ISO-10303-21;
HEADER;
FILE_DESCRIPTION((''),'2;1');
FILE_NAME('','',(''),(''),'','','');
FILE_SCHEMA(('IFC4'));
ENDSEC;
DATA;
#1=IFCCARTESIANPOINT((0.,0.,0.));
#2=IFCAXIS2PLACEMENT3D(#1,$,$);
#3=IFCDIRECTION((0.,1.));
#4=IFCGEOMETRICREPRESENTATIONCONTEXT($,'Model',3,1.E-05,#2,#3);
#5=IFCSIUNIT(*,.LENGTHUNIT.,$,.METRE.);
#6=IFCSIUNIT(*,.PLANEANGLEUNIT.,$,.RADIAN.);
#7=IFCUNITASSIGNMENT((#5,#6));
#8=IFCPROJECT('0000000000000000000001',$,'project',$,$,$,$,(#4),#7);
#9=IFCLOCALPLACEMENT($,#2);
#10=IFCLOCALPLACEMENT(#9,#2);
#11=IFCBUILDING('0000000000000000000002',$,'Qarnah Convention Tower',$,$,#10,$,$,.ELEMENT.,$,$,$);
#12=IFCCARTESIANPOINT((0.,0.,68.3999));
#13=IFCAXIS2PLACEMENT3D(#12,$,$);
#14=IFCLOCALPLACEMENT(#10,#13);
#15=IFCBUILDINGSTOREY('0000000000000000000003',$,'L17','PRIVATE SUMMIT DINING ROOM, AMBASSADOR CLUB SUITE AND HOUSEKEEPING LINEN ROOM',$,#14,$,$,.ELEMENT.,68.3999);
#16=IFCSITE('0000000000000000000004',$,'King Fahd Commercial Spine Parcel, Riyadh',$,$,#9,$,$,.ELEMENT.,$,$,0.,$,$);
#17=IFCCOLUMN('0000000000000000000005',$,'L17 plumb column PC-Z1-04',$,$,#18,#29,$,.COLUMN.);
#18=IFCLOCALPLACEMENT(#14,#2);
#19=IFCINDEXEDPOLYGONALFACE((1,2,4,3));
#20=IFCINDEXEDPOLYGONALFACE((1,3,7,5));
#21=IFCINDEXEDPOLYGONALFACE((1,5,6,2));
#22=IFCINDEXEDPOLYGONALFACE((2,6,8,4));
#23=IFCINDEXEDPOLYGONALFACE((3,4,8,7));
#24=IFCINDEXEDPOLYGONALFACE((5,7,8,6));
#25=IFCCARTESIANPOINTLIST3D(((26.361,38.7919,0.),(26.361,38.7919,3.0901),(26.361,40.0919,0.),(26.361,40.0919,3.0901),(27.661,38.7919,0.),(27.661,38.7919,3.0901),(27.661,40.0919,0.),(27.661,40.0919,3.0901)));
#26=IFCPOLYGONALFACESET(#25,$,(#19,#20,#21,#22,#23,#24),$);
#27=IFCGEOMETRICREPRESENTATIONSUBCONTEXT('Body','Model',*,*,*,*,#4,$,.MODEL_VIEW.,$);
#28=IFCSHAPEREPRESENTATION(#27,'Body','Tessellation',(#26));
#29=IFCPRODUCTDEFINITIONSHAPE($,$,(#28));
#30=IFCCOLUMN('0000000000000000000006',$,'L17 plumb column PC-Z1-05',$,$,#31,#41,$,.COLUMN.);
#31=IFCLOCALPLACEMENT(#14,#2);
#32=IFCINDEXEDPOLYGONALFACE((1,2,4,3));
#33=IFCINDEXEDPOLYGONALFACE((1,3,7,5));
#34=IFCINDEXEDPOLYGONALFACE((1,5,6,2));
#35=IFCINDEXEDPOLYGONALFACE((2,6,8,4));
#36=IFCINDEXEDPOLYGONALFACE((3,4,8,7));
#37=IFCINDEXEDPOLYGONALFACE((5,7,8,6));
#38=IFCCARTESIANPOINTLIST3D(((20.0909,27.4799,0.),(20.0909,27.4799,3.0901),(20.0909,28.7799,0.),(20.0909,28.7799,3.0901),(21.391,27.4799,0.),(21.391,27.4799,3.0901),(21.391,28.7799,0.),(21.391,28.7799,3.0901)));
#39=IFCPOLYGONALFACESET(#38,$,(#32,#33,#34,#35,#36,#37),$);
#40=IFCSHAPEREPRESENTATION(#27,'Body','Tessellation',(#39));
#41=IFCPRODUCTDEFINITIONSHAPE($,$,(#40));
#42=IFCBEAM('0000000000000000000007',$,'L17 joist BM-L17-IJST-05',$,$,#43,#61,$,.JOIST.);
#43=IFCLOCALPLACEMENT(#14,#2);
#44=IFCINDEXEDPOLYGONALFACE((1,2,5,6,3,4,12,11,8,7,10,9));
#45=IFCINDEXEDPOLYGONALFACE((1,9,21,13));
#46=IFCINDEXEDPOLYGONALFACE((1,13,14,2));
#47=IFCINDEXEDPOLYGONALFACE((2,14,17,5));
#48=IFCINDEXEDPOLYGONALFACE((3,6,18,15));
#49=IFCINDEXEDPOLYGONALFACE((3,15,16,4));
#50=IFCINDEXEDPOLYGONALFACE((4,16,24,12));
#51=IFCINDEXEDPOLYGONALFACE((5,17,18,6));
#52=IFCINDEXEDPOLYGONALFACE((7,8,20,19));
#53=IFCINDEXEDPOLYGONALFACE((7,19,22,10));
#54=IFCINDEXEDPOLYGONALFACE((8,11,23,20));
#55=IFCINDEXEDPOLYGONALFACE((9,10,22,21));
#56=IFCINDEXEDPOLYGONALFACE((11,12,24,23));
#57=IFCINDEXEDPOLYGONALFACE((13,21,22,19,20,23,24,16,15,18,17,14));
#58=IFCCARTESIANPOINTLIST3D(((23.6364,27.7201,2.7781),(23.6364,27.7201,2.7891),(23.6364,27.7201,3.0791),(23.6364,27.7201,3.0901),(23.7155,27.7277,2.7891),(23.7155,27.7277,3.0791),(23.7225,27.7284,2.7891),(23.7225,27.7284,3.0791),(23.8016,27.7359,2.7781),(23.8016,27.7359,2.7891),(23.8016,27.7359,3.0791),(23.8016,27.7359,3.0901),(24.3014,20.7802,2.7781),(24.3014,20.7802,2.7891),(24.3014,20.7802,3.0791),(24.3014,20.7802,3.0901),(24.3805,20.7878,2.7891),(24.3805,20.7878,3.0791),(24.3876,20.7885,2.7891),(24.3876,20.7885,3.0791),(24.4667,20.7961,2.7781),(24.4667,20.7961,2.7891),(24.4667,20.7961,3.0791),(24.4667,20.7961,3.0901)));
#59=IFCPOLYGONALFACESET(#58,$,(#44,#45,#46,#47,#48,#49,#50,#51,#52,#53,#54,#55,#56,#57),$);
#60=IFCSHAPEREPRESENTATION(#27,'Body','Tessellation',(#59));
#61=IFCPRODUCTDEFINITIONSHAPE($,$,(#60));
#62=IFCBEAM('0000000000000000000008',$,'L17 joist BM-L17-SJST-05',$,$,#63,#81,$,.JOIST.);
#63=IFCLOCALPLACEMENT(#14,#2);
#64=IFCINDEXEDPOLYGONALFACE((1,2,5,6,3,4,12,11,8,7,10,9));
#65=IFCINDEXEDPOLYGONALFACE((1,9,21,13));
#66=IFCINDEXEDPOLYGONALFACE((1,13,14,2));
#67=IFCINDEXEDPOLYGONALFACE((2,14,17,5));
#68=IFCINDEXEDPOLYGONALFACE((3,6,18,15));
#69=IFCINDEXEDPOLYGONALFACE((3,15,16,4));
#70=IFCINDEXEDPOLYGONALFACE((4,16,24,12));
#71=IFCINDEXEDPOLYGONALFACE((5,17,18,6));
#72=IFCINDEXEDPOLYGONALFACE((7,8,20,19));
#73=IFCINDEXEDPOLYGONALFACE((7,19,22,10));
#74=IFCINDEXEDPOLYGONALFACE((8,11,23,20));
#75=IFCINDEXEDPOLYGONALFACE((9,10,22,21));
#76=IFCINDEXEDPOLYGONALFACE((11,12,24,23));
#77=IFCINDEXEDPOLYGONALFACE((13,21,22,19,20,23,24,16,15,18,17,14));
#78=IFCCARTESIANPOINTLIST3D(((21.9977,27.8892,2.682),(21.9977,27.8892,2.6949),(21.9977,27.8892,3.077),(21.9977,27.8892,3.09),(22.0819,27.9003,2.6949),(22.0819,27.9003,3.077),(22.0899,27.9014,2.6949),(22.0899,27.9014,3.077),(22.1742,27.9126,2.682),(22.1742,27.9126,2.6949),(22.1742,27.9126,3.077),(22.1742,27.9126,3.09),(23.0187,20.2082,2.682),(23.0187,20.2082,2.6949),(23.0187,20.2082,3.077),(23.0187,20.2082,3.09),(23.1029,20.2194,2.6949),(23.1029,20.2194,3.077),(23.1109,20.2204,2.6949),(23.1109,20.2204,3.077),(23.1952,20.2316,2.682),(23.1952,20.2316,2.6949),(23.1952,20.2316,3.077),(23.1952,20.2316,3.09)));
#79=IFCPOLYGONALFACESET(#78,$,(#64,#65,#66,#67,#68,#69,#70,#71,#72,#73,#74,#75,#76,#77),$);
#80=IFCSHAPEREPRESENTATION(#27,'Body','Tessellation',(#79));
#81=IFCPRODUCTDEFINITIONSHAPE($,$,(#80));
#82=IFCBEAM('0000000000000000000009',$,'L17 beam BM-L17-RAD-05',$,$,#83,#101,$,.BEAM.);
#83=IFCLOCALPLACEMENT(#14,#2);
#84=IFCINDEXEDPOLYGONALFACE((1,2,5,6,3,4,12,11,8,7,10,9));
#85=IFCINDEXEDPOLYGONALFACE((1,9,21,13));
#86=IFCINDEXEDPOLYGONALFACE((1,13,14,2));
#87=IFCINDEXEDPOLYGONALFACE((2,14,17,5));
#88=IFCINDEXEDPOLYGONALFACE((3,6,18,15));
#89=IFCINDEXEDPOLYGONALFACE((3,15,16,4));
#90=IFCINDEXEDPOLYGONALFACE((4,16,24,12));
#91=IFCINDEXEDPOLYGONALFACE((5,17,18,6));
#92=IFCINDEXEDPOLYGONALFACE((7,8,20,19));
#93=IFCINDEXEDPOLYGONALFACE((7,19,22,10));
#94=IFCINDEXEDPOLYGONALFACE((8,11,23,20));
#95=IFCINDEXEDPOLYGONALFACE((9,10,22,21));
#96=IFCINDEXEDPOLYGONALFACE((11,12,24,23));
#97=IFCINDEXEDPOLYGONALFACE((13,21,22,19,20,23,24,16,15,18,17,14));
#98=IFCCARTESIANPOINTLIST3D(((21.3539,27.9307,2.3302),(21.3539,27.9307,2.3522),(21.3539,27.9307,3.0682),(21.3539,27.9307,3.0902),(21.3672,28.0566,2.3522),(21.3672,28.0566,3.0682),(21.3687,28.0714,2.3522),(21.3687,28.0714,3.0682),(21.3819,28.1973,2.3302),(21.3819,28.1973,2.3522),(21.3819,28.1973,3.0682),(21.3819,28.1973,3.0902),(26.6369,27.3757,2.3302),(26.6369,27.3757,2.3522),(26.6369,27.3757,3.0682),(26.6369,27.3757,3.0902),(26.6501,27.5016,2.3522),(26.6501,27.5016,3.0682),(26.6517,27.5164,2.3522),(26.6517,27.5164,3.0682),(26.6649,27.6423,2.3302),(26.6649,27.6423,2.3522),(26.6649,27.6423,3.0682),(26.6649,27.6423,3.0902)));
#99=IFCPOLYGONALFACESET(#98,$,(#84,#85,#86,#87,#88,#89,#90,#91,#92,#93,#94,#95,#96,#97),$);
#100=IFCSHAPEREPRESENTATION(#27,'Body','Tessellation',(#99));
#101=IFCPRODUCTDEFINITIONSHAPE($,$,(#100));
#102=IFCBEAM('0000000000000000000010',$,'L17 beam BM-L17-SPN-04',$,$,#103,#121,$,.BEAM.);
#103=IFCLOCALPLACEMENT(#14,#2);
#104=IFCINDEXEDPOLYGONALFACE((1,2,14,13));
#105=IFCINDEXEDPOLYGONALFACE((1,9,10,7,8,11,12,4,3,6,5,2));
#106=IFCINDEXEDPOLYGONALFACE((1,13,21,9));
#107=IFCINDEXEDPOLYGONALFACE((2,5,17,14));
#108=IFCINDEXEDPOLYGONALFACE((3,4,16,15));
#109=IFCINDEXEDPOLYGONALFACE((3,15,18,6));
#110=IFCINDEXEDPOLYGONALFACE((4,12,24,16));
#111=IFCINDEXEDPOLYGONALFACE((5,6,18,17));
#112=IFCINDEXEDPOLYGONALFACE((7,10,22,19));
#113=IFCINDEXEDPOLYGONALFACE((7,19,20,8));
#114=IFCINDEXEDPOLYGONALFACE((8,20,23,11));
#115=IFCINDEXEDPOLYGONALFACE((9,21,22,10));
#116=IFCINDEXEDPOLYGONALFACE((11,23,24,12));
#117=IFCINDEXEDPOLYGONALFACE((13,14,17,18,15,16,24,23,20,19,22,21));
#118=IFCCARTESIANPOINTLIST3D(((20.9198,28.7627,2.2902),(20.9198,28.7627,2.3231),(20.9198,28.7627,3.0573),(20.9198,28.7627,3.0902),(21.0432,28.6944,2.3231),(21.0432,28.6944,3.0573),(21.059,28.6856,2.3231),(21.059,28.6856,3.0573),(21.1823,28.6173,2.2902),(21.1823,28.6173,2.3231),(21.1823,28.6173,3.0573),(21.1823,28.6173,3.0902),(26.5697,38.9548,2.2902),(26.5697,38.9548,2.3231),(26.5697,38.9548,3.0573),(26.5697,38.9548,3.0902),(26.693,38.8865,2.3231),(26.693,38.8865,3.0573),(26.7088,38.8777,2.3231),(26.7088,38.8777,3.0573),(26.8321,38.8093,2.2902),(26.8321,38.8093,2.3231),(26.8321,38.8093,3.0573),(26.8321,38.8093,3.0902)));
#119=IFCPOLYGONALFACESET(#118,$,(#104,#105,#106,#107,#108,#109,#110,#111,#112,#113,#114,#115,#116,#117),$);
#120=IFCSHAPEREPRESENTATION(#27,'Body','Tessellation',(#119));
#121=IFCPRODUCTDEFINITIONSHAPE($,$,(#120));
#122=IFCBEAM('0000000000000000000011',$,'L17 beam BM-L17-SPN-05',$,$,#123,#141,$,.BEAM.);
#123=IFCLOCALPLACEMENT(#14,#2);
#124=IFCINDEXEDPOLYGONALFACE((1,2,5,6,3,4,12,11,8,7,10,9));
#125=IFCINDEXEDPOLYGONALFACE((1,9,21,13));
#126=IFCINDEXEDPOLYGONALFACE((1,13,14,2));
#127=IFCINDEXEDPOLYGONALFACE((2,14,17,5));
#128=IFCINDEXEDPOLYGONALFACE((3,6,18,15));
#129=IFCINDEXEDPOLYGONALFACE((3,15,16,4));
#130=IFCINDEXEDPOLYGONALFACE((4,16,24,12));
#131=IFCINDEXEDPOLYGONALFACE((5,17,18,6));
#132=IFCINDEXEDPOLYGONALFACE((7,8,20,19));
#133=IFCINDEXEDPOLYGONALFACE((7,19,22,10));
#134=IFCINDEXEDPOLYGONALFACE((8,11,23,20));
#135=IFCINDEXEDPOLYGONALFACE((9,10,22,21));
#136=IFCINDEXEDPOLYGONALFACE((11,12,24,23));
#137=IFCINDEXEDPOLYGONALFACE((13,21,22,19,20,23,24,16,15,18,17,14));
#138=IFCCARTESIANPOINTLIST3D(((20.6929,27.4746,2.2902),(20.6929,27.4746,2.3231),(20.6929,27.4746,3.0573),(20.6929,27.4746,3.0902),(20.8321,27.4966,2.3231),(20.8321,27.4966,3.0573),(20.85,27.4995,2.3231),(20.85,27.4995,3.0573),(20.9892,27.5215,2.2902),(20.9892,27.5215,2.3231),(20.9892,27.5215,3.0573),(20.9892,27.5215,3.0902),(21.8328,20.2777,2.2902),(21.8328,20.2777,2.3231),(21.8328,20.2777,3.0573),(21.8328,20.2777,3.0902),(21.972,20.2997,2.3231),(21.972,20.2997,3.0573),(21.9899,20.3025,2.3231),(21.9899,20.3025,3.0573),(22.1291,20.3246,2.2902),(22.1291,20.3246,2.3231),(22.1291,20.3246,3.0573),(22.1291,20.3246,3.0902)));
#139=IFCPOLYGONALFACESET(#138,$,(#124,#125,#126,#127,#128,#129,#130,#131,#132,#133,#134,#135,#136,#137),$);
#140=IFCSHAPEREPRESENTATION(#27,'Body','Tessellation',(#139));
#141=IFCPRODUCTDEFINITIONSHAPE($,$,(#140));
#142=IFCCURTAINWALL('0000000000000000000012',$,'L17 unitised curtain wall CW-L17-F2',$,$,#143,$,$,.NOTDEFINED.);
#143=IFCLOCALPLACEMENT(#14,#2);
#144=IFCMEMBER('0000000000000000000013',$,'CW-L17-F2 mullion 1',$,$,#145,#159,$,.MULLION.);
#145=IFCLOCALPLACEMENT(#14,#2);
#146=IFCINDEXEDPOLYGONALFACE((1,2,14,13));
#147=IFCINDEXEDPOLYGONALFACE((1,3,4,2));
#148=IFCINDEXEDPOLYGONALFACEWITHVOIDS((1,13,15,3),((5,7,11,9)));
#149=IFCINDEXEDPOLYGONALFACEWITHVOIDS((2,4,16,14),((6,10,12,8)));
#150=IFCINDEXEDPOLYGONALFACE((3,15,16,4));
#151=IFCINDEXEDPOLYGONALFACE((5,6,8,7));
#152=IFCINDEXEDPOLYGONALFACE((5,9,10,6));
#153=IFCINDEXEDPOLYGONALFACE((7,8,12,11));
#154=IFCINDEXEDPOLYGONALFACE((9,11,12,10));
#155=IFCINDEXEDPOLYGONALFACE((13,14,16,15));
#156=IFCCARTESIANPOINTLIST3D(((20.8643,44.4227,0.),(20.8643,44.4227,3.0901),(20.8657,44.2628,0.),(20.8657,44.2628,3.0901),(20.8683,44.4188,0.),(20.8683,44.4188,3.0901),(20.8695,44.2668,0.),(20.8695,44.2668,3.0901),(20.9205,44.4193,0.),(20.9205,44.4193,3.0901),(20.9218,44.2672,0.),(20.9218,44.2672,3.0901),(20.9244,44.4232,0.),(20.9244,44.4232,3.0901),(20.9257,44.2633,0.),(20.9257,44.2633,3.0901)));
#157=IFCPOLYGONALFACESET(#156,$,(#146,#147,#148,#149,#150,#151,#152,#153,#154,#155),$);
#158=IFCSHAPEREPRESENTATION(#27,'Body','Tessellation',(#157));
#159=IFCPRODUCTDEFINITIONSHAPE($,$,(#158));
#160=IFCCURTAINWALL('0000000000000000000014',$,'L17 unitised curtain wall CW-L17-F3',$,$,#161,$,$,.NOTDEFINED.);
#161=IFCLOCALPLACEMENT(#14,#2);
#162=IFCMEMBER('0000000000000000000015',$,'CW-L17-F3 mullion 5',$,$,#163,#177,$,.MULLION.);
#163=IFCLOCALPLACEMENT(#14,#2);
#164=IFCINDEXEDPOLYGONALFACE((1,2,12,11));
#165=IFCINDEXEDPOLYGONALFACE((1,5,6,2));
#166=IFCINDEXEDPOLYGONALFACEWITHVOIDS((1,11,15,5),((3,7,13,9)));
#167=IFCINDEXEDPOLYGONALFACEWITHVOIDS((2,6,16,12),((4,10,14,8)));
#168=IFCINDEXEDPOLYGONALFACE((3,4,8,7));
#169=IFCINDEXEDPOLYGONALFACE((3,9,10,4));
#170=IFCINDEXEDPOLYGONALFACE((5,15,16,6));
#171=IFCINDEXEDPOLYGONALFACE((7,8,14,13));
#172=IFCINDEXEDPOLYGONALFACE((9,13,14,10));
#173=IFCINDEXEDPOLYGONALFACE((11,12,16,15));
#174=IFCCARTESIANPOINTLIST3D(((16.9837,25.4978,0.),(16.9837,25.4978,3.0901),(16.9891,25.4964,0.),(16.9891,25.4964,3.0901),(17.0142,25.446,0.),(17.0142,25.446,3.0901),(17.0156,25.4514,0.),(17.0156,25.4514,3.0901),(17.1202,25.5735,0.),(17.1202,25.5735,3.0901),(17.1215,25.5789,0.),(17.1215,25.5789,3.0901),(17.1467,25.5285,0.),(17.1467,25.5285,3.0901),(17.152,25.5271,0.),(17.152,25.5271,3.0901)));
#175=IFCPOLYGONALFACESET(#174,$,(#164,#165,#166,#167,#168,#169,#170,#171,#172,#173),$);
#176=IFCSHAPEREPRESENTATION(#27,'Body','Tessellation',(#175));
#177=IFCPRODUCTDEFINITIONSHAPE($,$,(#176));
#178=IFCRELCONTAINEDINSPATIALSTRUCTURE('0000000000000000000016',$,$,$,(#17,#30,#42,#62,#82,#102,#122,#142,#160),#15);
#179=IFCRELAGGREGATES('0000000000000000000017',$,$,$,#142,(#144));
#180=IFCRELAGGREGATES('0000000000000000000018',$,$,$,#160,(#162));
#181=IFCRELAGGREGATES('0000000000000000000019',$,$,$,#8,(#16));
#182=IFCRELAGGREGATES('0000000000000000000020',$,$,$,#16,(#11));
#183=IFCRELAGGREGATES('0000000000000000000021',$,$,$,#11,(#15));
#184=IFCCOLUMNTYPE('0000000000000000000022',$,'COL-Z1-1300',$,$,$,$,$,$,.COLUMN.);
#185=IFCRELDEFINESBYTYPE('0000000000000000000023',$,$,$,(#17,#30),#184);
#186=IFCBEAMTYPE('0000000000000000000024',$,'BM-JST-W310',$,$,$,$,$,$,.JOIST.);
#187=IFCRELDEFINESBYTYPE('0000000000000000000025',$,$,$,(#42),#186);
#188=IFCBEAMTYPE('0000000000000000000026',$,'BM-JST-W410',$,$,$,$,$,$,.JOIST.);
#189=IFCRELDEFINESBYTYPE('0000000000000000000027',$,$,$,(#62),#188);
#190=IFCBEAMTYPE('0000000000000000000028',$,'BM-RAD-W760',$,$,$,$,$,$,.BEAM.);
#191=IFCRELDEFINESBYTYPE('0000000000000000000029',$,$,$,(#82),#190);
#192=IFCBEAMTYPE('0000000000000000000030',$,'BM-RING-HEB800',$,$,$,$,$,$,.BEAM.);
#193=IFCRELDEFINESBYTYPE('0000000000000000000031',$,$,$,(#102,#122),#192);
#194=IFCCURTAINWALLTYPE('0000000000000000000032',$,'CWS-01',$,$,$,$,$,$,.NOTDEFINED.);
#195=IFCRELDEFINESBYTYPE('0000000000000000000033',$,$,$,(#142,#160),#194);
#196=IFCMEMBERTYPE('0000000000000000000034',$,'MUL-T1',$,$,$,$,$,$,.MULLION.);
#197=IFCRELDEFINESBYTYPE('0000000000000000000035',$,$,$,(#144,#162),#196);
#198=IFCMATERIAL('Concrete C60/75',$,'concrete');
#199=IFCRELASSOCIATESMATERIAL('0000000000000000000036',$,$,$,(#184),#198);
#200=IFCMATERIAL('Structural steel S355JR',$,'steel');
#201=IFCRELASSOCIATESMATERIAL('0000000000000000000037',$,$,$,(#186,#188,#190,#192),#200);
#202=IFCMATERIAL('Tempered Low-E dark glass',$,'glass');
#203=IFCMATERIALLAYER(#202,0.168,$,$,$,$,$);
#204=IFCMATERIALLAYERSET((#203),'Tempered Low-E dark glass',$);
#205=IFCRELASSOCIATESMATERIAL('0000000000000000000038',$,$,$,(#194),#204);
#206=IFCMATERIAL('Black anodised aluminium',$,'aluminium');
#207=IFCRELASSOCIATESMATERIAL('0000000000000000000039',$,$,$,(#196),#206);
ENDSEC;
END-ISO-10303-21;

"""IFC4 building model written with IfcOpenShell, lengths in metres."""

from ifc_helpers import new_model, si_unit, direction, frame, origin, origin_2d, place, context, subcontext, project, spatial, rectangle, hollow_rectangle, i_section, extrude, material, layer, layer_set, material_profile, profile_set, type_object, element, aggregate, save


model = new_model("IFC4")

# Units and contexts
model_context = context("Model", 3, precision=1e-05, world=origin(), true_north=direction((0.0, 1.0)))
body_context = subcontext(model_context, "Body", "Model", "MODEL_VIEW")
ifc_project = project(units=[si_unit("LENGTHUNIT", "METRE"), si_unit("PLANEANGLEUNIT", "RADIAN")], contexts=[model_context])

# Site, building, storey
site_placement = place(None, origin())
site = spatial("IfcSite", under=ifc_project, at=site_placement, Name="King Fahd Commercial Spine Parcel, Riyadh", CompositionType="ELEMENT", RefElevation=0.0)
building_placement = place(site_placement, origin())
building = spatial("IfcBuilding", under=site, at=building_placement, Name="Qarnah Convention Tower", CompositionType="ELEMENT")
storey_placement = place(building_placement, frame((0.0, 0.0, 68.3999)))
storey = spatial("IfcBuildingStorey", under=building, at=storey_placement, Name="L17", Description="PRIVATE SUMMIT DINING ROOM, AMBASSADOR CLUB SUITE AND HOUSEKEEPING LINEN ROOM", CompositionType="ELEMENT", Elevation=68.3999)

# Columns
ifc_material_1 = material(Name="Concrete C60/75", Category="concrete")
ifc_material_profile_1 = material_profile(ifc_material_1, rectangle(XDim=1.3, YDim=1.3, at=origin_2d()), Name="RC-COL-1300X1300")
ifc_profile_set_1 = profile_set([ifc_material_profile_1], Name="Concrete C60/75")
column_type = type_object("IfcColumnType", Name="COL-Z1-1300", PredefinedType="COLUMN", material=ifc_profile_set_1)
for number, where, z_axis, x_axis, name in (
    (1, (27.011, 39.4419, 0.0), (0.0, 0.0, 1.0), (1.0, 0.0, 0.0), "L17 plumb column PC-Z1-04"),
    (2, (20.741, 28.1299, 0.0), (0.0, 0.0, 1.0), (1.0, 0.0, 0.0), "L17 plumb column PC-Z1-05"),
):
    element("IfcColumn", number, at=place(storey_placement, frame(where, z_axis=z_axis, x_axis=x_axis)), inside=storey, type_object=column_type, Name=name, PredefinedType="COLUMN", context=body_context, shape_type="SweptSolid", body=[
        extrude(rectangle(XDim=1.3, YDim=1.3, at=origin_2d()), origin(), (0.0, 0.0, 1.0), 3.0901),
    ])

# Beams
ifc_material_2 = material(Name="Structural steel S355JR", Category="steel")
ifc_material_profile_2 = material_profile(ifc_material_2, i_section(OverallWidth=0.166, OverallDepth=0.312, WebThickness=0.0071, FlangeThickness=0.011, at=origin_2d()), Name="W310X45")
ifc_profile_set_2 = profile_set([ifc_material_profile_2], Name="Structural steel S355JR")
beam_type_1 = type_object("IfcBeamType", Name="BM-JST-W310", PredefinedType="JOIST", material=ifc_profile_set_2)
beam_1_placement = place(storey_placement, frame((23.719, 27.728, 2.9341), z_axis=(0.095391, -0.99544, 0.0), x_axis=(0.99544, 0.095391, 0.0)))
element("IfcBeam", 3, at=beam_1_placement, inside=storey, type_object=beam_type_1, Name="L17 joist BM-L17-IJST-05", PredefinedType="JOIST", context=body_context, shape_type="SweptSolid", body=[
    extrude(i_section(OverallWidth=0.166, OverallDepth=0.312, WebThickness=0.0071, FlangeThickness=0.011, at=origin_2d()), origin(), (0.0, 0.0, 1.0), 6.9717),
])
ifc_material_profile_3 = material_profile(ifc_material_2, i_section(OverallWidth=0.178, OverallDepth=0.408, WebThickness=0.0081, FlangeThickness=0.0129, at=origin_2d()), Name="W410X60")
ifc_profile_set_3 = profile_set([ifc_material_profile_3], Name="Structural steel S355JR")
beam_type_2 = type_object("IfcBeamType", Name="BM-JST-W410", PredefinedType="JOIST", material=ifc_profile_set_3)
beam_2_placement = place(storey_placement, frame((22.0859, 27.9009, 2.886), z_axis=(0.131767, -0.991281, 0.0), x_axis=(0.991281, 0.131767, 0.0)))
element("IfcBeam", 4, at=beam_2_placement, inside=storey, type_object=beam_type_2, Name="L17 joist BM-L17-SJST-05", PredefinedType="JOIST", context=body_context, shape_type="SweptSolid", body=[
    extrude(i_section(OverallWidth=0.178, OverallDepth=0.408, WebThickness=0.0081, FlangeThickness=0.0129, at=origin_2d()), origin(), (0.0, 0.0, 1.0), 7.7485),
])
ifc_material_profile_4 = material_profile(ifc_material_2, i_section(OverallWidth=0.2681, OverallDepth=0.76, WebThickness=0.0149, FlangeThickness=0.022, at=origin_2d()), Name="W760X185")
ifc_profile_set_4 = profile_set([ifc_material_profile_4], Name="Structural steel S355JR")
beam_type_3 = type_object("IfcBeamType", Name="BM-RAD-W760", PredefinedType="BEAM", material=ifc_profile_set_4)
beam_3_placement = place(storey_placement, frame((26.6509, 27.509, 2.7102), z_axis=(-0.994528, 0.104467, 0.0), x_axis=(-0.104467, -0.994528, 0.0)))
element("IfcBeam", 5, at=beam_3_placement, inside=storey, type_object=beam_type_3, Name="L17 beam BM-L17-RAD-05", PredefinedType="BEAM", context=body_context, shape_type="SweptSolid", body=[
    extrude(i_section(OverallWidth=0.2681, OverallDepth=0.76, WebThickness=0.0149, FlangeThickness=0.022, at=origin_2d()), origin(), (0.0, 0.0, 1.0), 5.312),
])
ifc_material_profile_5 = material_profile(ifc_material_2, i_section(OverallWidth=0.3, OverallDepth=0.8, WebThickness=0.0181, FlangeThickness=0.033, at=origin_2d()), Name="HEB800")
ifc_profile_set_5 = profile_set([ifc_material_profile_5], Name="Structural steel S355JR")
beam_type_4 = type_object("IfcBeamType", Name="BM-RING-HEB800", PredefinedType="BEAM", material=ifc_profile_set_5)
beam_4_placement = place(storey_placement, frame((26.7009, 38.8821, 2.6902), z_axis=(-0.48483, -0.874609, 0.0), x_axis=(0.874609, -0.48483, 0.0)))
element("IfcBeam", 6, at=beam_4_placement, inside=storey, type_object=beam_type_4, Name="L17 beam BM-L17-SPN-04", PredefinedType="BEAM", context=body_context, shape_type="SweptSolid", body=[
    extrude(i_section(OverallWidth=0.3, OverallDepth=0.8, WebThickness=0.0181, FlangeThickness=0.033, at=origin_2d()), origin(), (0.0, 0.0, 1.0), 11.6533),
])
beam_5_placement = place(storey_placement, frame((20.8411, 27.498, 2.6902), z_axis=(0.156434, -0.987688, 0.0), x_axis=(0.987688, 0.156434, 0.0)))
element("IfcBeam", 7, at=beam_5_placement, inside=storey, type_object=beam_type_4, Name="L17 beam BM-L17-SPN-05", PredefinedType="BEAM", context=body_context, shape_type="SweptSolid", body=[
    extrude(i_section(OverallWidth=0.3, OverallDepth=0.8, WebThickness=0.0181, FlangeThickness=0.033, at=origin_2d()), origin(), (0.0, 0.0, 1.0), 7.2866),
])

# Curtain wall, member
ifc_material_3 = material(Name="Tempered Low-E dark glass", Category="glass")
ifc_layer_1 = layer(ifc_material_3, 0.168)
ifc_layer_set_1 = layer_set([ifc_layer_1], Name="Tempered Low-E dark glass")
curtain_wall_type = type_object("IfcCurtainWallType", Name="CWS-01", PredefinedType="NOTDEFINED", material=ifc_layer_set_1)
curtain_wall_1_placement = place(storey_placement, origin())
curtain_wall_1 = element("IfcCurtainWall", 8, at=curtain_wall_1_placement, inside=storey, type_object=curtain_wall_type, Name="L17 unitised curtain wall CW-L17-F2", PredefinedType="NOTDEFINED")
ifc_material_4 = material(Name="Black anodised aluminium", Category="aluminium")
ifc_material_profile_6 = material_profile(ifc_material_4, hollow_rectangle(XDim=0.0601, YDim=0.1599, WallThickness=0.0039, at=origin_2d()), Name="MUL-60X160")
ifc_profile_set_6 = profile_set([ifc_material_profile_6], Name="Black anodised aluminium")
member_type_1 = type_object("IfcMemberType", Name="MUL-T1", PredefinedType="MULLION", material=ifc_profile_set_6)
member_1_placement = place(storey_placement, frame((20.895, 44.343, 0.0), z_axis=(0.0, 0.0, 1.0), x_axis=(0.999965, 0.00833, 0.0)))
member_1 = element("IfcMember", 9, at=member_1_placement, type_object=member_type_1, Name="CW-L17-F2 mullion 1", PredefinedType="MULLION", context=body_context, shape_type="SweptSolid", body=[
    extrude(hollow_rectangle(XDim=0.0601, YDim=0.1599, WallThickness=0.0039, at=origin_2d()), origin(), (0.0, 0.0, 1.0), 3.0901),
])

# Curtain wall, member
curtain_wall_2_placement = place(storey_placement, origin())
curtain_wall_2 = element("IfcCurtainWall", 10, at=curtain_wall_2_placement, inside=storey, type_object=curtain_wall_type, Name="L17 unitised curtain wall CW-L17-F3", PredefinedType="NOTDEFINED")
member_2_placement = place(storey_placement, frame((17.0679, 25.5125, 0.0), z_axis=(0.0, 0.0, 1.0), x_axis=(-0.507221, 0.861816, 0.0)))
member_2 = element("IfcMember", 11, at=member_2_placement, type_object=member_type_1, Name="CW-L17-F3 mullion 5", PredefinedType="MULLION", context=body_context, shape_type="SweptSolid", body=[
    extrude(hollow_rectangle(XDim=0.0601, YDim=0.1599, WallThickness=0.0039, at=origin_2d()), origin(), (0.0, 0.0, 1.0), 3.0901),
])

aggregate(curtain_wall_1, [member_1])
aggregate(curtain_wall_2, [member_2])

save(model, "model.ifc")
